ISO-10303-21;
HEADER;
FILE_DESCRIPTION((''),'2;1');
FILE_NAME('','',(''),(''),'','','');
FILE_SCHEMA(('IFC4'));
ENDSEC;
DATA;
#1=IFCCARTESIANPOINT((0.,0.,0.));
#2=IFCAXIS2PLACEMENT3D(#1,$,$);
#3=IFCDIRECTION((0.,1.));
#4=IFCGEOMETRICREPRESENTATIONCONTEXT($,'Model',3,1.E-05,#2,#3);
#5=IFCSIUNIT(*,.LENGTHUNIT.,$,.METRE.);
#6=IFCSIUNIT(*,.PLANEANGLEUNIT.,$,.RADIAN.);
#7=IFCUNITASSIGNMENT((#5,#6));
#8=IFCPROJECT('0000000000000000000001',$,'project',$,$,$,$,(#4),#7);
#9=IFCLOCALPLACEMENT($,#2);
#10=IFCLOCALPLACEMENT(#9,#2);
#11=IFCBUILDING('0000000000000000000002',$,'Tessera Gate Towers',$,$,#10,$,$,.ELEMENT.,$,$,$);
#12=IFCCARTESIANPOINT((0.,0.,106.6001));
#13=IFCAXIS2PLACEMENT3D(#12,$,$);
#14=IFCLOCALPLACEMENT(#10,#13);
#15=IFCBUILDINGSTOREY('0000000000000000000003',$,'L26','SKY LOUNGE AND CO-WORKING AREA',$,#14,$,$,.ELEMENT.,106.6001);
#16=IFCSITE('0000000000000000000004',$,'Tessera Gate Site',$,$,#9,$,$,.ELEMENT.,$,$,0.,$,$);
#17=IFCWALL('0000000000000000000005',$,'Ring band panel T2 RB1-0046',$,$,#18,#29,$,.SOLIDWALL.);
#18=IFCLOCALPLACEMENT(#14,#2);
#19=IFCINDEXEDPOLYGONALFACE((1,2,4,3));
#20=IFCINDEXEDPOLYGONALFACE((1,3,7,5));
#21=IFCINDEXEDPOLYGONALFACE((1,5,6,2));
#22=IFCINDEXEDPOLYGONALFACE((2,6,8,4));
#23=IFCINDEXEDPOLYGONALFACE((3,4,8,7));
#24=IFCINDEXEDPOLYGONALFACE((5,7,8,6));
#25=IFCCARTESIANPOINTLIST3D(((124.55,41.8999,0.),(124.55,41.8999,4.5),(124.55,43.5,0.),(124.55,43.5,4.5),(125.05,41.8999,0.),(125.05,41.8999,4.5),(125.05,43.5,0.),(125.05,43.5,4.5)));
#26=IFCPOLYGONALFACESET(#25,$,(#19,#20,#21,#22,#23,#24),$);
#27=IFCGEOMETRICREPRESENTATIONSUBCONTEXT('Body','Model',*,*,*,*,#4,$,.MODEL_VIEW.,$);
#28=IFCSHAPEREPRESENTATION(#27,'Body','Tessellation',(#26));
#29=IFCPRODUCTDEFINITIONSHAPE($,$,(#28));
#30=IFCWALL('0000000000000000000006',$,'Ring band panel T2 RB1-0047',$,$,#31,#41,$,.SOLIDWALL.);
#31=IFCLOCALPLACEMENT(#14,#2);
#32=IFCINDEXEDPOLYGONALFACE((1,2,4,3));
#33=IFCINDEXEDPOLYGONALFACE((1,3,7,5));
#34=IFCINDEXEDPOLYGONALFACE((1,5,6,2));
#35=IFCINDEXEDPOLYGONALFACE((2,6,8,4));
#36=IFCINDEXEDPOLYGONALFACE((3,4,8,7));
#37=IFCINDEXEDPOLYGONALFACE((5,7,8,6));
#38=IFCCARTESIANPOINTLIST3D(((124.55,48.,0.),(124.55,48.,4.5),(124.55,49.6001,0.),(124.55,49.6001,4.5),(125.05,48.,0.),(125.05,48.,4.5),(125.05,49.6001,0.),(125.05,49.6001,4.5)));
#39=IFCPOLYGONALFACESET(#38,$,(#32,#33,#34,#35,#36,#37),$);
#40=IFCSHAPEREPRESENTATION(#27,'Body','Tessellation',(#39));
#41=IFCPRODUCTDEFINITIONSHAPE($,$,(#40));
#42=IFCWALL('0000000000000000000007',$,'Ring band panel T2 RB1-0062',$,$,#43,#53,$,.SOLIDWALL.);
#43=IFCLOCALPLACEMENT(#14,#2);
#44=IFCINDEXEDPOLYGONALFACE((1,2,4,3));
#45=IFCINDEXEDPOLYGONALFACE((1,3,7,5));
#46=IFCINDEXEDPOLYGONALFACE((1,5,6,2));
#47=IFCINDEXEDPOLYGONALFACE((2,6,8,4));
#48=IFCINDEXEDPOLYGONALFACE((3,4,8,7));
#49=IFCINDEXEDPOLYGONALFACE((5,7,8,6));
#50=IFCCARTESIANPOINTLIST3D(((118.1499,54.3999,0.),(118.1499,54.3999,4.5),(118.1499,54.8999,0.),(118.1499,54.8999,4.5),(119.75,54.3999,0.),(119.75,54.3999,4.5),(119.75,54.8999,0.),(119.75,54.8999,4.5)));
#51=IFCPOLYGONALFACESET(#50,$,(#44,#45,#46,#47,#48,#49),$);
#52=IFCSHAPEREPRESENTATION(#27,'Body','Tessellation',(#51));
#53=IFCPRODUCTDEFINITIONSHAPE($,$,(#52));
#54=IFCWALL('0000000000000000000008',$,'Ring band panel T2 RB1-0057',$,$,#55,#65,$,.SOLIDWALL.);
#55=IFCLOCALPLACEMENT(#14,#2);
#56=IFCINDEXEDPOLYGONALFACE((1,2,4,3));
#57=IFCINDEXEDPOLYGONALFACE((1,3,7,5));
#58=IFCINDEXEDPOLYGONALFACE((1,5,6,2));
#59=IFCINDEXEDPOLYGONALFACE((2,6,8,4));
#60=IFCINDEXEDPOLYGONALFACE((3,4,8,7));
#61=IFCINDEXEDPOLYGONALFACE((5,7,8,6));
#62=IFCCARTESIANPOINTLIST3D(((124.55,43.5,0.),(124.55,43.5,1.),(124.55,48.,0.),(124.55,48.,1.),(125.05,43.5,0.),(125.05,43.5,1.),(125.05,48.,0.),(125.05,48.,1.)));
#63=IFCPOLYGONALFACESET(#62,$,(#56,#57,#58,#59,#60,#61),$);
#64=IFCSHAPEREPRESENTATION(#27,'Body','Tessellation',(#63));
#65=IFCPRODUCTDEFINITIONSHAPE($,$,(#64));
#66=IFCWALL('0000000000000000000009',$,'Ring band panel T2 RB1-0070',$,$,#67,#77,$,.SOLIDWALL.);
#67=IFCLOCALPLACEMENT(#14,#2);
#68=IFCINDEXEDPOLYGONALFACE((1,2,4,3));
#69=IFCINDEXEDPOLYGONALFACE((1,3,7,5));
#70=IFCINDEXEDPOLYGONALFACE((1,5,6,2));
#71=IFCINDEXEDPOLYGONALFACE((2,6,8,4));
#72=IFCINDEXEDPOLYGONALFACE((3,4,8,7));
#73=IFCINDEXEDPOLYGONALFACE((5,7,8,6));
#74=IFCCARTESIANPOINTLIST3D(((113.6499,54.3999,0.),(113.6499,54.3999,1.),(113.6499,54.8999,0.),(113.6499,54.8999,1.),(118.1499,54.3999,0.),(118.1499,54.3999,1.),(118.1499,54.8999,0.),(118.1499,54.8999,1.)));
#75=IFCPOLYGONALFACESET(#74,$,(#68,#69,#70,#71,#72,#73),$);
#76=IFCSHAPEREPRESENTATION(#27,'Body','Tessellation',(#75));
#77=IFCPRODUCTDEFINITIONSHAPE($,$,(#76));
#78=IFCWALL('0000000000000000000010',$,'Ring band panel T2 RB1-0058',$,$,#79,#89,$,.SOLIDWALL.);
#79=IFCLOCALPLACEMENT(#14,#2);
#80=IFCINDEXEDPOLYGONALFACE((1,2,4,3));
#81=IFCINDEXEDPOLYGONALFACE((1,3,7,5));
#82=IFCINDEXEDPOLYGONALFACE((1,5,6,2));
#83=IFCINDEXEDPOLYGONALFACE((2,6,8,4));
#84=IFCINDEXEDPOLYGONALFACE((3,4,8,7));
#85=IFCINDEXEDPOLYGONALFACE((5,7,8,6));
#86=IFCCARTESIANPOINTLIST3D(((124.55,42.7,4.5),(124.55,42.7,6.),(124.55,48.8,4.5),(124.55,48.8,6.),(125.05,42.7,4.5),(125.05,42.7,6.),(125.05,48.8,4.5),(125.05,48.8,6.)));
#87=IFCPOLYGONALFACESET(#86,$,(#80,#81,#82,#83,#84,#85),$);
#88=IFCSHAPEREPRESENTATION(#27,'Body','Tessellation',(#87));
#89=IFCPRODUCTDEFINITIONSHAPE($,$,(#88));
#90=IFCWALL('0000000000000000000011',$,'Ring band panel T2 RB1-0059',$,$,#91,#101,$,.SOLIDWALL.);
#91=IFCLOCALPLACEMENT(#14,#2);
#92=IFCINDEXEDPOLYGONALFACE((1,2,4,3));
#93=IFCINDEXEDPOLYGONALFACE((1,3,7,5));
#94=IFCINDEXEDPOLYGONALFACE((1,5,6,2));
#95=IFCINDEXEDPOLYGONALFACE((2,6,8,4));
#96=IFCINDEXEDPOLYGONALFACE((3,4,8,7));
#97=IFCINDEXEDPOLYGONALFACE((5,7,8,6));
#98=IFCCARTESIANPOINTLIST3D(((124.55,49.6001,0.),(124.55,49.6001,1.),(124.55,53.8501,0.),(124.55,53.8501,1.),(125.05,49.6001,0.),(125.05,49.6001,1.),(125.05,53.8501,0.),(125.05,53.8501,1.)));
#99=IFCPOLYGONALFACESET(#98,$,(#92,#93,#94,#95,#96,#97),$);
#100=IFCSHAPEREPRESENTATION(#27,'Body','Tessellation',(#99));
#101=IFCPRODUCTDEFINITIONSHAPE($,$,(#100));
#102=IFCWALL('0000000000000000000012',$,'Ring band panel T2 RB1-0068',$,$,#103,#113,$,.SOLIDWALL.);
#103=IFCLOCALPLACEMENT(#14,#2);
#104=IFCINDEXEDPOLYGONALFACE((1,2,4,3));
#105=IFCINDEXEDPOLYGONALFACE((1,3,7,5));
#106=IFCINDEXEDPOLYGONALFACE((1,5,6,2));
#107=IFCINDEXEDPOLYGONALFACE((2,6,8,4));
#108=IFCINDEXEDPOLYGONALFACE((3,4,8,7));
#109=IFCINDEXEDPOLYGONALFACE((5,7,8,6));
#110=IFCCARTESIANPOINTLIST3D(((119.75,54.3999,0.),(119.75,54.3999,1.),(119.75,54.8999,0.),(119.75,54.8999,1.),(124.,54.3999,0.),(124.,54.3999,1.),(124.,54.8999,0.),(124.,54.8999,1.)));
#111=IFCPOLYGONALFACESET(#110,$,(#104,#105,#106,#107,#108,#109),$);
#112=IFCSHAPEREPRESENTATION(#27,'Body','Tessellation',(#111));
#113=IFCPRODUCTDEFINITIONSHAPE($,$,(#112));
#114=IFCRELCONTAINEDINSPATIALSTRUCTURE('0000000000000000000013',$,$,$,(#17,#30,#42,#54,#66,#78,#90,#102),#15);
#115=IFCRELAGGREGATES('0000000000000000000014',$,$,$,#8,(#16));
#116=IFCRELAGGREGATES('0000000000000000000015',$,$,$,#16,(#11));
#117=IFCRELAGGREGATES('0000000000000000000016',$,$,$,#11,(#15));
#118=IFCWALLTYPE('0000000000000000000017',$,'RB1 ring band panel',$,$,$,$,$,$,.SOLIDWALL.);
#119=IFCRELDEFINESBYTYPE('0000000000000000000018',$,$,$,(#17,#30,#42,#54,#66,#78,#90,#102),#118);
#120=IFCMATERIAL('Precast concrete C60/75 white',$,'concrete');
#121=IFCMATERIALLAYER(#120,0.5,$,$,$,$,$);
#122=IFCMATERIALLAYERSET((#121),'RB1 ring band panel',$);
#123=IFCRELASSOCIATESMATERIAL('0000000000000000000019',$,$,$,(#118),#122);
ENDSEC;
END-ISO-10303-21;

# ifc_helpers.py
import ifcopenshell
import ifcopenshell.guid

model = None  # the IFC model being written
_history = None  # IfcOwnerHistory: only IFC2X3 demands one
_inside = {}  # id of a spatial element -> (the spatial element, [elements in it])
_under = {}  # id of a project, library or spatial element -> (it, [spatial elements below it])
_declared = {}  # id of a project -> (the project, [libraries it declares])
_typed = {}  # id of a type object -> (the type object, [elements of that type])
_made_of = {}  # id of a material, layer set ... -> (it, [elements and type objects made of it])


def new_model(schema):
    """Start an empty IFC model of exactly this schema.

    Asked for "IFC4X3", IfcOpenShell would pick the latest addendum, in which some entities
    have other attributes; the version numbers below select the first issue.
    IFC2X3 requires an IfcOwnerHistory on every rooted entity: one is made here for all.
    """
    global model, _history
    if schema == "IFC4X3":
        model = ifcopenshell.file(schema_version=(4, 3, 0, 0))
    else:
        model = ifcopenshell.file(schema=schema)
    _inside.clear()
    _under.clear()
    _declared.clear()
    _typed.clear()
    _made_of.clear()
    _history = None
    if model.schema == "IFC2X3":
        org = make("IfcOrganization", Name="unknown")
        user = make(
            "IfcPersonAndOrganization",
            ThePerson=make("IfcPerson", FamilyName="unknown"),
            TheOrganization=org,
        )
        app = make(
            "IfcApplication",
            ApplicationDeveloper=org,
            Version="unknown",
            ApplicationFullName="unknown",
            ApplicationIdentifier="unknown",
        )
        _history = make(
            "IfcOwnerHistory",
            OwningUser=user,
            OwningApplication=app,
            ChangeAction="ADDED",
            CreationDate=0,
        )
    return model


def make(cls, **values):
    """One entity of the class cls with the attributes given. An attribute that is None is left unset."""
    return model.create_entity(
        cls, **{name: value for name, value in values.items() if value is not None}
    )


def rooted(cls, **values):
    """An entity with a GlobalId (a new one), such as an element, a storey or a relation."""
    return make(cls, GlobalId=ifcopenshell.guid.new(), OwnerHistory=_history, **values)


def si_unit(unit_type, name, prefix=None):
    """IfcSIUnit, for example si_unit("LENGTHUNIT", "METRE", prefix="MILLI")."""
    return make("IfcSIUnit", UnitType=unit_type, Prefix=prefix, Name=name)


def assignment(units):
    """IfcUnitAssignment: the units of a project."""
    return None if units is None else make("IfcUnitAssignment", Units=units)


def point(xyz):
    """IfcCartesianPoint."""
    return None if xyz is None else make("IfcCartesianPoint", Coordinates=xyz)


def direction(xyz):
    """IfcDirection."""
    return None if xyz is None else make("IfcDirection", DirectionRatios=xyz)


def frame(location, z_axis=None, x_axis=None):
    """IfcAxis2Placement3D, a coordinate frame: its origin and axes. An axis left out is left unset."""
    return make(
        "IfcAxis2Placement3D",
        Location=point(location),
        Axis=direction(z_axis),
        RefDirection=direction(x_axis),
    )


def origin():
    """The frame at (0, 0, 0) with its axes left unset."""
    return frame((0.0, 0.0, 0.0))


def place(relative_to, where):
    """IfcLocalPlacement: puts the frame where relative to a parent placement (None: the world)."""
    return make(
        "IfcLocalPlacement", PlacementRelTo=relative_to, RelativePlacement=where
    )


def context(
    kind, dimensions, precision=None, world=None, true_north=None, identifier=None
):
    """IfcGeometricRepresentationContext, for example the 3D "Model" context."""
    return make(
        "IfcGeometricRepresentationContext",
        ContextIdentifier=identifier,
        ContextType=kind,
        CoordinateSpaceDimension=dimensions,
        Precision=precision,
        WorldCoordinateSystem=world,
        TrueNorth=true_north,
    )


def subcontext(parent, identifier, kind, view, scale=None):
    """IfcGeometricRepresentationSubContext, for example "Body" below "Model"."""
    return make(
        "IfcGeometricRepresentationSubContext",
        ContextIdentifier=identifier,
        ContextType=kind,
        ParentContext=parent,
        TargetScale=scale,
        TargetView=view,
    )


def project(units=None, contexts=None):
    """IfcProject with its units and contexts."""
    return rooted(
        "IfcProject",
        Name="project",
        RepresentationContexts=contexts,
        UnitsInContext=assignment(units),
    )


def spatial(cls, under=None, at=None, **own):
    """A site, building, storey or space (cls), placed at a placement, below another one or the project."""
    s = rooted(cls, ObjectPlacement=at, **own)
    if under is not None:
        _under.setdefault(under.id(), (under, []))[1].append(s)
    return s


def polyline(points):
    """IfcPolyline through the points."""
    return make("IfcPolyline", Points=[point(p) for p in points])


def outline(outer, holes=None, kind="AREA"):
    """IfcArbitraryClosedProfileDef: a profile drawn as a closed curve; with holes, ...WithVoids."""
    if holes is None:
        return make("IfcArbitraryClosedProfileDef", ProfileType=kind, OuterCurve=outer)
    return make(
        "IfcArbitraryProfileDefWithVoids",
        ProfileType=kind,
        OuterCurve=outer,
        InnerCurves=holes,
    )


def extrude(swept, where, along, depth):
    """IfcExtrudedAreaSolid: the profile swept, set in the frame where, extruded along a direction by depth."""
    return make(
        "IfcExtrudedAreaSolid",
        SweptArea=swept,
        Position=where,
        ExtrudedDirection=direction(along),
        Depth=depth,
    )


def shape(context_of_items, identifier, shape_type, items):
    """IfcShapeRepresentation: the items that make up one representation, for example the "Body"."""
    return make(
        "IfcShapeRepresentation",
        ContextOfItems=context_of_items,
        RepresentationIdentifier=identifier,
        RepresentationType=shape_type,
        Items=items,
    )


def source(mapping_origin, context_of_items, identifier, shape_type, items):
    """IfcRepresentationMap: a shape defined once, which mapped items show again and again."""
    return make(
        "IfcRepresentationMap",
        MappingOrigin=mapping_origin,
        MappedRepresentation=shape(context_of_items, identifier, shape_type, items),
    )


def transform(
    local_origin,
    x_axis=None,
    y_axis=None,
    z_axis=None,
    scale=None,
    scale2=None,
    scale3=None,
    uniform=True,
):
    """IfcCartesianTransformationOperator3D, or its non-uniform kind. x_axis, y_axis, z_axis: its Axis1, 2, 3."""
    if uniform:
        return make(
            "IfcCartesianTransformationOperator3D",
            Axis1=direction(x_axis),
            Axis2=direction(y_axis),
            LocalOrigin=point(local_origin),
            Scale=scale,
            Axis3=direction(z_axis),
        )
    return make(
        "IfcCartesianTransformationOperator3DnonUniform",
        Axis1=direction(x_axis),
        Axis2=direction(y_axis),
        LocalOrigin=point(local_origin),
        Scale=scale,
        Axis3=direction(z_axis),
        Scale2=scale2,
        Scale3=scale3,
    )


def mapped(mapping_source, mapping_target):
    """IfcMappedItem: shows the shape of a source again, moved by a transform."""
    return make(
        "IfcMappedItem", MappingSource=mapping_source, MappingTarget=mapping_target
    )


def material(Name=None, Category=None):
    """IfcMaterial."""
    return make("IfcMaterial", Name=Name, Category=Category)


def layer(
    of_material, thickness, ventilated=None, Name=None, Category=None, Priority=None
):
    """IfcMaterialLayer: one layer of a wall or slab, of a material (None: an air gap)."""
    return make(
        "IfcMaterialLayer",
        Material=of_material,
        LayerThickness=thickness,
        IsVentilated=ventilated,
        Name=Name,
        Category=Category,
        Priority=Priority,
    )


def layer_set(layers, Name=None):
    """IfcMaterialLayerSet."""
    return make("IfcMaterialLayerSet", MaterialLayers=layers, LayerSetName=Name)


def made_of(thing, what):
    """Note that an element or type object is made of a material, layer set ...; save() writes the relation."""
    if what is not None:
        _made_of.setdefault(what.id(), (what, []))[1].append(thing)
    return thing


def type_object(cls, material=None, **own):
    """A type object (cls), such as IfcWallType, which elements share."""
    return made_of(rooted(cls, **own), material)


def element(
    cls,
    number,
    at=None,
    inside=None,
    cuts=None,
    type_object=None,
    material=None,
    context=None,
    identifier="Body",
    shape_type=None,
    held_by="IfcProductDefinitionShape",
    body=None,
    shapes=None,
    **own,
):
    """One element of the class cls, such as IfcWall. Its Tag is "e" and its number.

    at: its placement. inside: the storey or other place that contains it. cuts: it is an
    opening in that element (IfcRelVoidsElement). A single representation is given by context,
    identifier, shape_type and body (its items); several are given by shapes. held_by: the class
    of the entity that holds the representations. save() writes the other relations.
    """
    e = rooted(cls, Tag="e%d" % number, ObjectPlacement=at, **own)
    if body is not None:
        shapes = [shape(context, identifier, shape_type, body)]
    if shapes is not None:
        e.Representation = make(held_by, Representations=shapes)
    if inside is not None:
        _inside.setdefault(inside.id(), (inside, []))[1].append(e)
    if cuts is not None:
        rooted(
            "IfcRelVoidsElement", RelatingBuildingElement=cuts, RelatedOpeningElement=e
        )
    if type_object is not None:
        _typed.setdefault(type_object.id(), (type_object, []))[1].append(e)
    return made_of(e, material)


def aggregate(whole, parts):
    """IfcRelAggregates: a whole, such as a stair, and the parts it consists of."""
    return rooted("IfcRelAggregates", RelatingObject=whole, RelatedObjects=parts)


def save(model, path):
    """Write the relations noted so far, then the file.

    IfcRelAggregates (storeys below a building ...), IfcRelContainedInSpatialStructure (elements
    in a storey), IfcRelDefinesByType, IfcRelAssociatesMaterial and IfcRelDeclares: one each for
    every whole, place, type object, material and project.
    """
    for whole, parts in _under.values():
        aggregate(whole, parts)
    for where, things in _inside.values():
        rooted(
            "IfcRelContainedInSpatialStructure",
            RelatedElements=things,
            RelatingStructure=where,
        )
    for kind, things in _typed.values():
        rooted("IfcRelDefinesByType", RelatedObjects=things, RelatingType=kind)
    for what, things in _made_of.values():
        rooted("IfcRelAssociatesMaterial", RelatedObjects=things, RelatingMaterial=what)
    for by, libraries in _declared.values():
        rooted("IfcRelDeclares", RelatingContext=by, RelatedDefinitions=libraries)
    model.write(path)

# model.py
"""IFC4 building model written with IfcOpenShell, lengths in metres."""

from ifc_helpers import new_model, si_unit, direction, frame, origin, place, context, subcontext, project, spatial, polyline, outline, extrude, source, transform, mapped, material, layer, layer_set, type_object, element, save


model = new_model("IFC4")

# Units and contexts
model_context = context("Model", 3, precision=1e-05, world=origin(), true_north=direction((0.0, 1.0)))
body_context = subcontext(model_context, "Body", "Model", "MODEL_VIEW")
ifc_project = project(units=[si_unit("LENGTHUNIT", "METRE"), si_unit("PLANEANGLEUNIT", "RADIAN")], contexts=[model_context])

# Site, building, storey
site_placement = place(None, origin())
site = spatial("IfcSite", under=ifc_project, at=site_placement, Name="Tessera Gate Site", CompositionType="ELEMENT", RefElevation=0.0)
building_placement = place(site_placement, origin())
building = spatial("IfcBuilding", under=site, at=building_placement, Name="Tessera Gate Towers", CompositionType="ELEMENT")
storey_placement = place(building_placement, frame((0.0, 0.0, 106.6001)))
storey = spatial("IfcBuildingStorey", under=building, at=storey_placement, Name="L26", Description="SKY LOUNGE AND CO-WORKING AREA", CompositionType="ELEMENT", Elevation=106.6001)

# Walls
ifc_material_1 = material(Name="Precast concrete C60/75 white", Category="concrete")
ifc_layer_1 = layer(ifc_material_1, 0.5)
ifc_layer_set_1 = layer_set([ifc_layer_1], Name="RB1 ring band panel")
wall_type_1 = type_object("IfcWallType", Name="RB1 ring band panel", PredefinedType="SOLIDWALL", material=ifc_layer_set_1)
shared_shape_1 = source(origin(), body_context, "Body", "SweptSolid", [
    extrude(outline(polyline([(0.0, 0.0), (1.6001, 0.0), (1.6001, 4.5), (0.0, 4.5), (0.0, 0.0)])), frame((0.0, 0.25, 0.0), z_axis=(0.0, -1.0, 0.0), x_axis=(1.0, 0.0, 0.0)), (0.0, 0.0, 1.0), 0.5),
])
for number, where, z_axis, x_axis, name in (
    (1, (124.8, 41.8999, 0.0), (0.0, 0.0, 1.0), (0.0, 1.0, 0.0), "Ring band panel T2 RB1-0046"),
    (2, (124.8, 48.0, 0.0), (0.0, 0.0, 1.0), (0.0, 1.0, 0.0), "Ring band panel T2 RB1-0047"),
    (3, (119.75, 54.6499, 0.0), (0.0, 0.0, 1.0), (-1.0, 0.0, 0.0), "Ring band panel T2 RB1-0062"),
):
    element("IfcWall", number, at=place(storey_placement, frame(where, z_axis=z_axis, x_axis=x_axis)), inside=storey, type_object=wall_type_1, Name=name, PredefinedType="SOLIDWALL", context=body_context, shape_type="MappedRepresentation", body=[
        mapped(shared_shape_1, transform((0.0, 0.0, 0.0), scale=1.0)),
    ])
shared_shape_2 = source(origin(), body_context, "Body", "SweptSolid", [
    extrude(outline(polyline([(0.0, 0.0), (4.5, 0.0), (4.5, 1.0), (0.0, 1.0), (0.0, 0.0)])), frame((0.0, 0.25, 0.0), z_axis=(0.0, -1.0, 0.0), x_axis=(1.0, 0.0, 0.0)), (0.0, 0.0, 1.0), 0.5),
])
for number, where, z_axis, x_axis, name in (
    (4, (124.8, 43.5, 0.0), (0.0, 0.0, 1.0), (0.0, 1.0, 0.0), "Ring band panel T2 RB1-0057"),
    (5, (118.1499, 54.6499, 0.0), (0.0, 0.0, 1.0), (-1.0, 0.0, 0.0), "Ring band panel T2 RB1-0070"),
):
    element("IfcWall", number, at=place(storey_placement, frame(where, z_axis=z_axis, x_axis=x_axis)), inside=storey, type_object=wall_type_1, Name=name, PredefinedType="SOLIDWALL", context=body_context, shape_type="MappedRepresentation", body=[
        mapped(shared_shape_2, transform((0.0, 0.0, 0.0), scale=1.0)),
    ])
shared_shape_3 = source(origin(), body_context, "Body", "SweptSolid", [
    extrude(outline(polyline([(0.0, 0.0), (6.1001, 0.0), (6.1001, 1.5), (0.0, 1.5), (0.0, 0.0)])), frame((0.0, 0.25, 0.0), z_axis=(0.0, -1.0, 0.0), x_axis=(1.0, 0.0, 0.0)), (0.0, 0.0, 1.0), 0.5),
])
wall_1_placement = place(storey_placement, frame((124.8, 42.7, 4.5), z_axis=(0.0, 0.0, 1.0), x_axis=(0.0, 1.0, 0.0)))
element("IfcWall", 6, at=wall_1_placement, inside=storey, type_object=wall_type_1, Name="Ring band panel T2 RB1-0058", PredefinedType="SOLIDWALL", context=body_context, shape_type="MappedRepresentation", body=[
    mapped(shared_shape_3, transform((0.0, 0.0, 0.0), scale=1.0)),
])
shared_shape_4 = source(origin(), body_context, "Body", "SweptSolid", [
    extrude(outline(polyline([(0.0, 0.0), (4.25, 0.0), (4.25, 1.0), (0.0, 1.0), (0.0, 0.0)])), frame((0.0, 0.25, 0.0), z_axis=(0.0, -1.0, 0.0), x_axis=(1.0, 0.0, 0.0)), (0.0, 0.0, 1.0), 0.5),
])
for number, where, z_axis, x_axis, name in (
    (7, (124.8, 49.6001, 0.0), (0.0, 0.0, 1.0), (0.0, 1.0, 0.0), "Ring band panel T2 RB1-0059"),
    (8, (124.0, 54.6499, 0.0), (0.0, 0.0, 1.0), (-1.0, 0.0, 0.0), "Ring band panel T2 RB1-0068"),
):
    element("IfcWall", number, at=place(storey_placement, frame(where, z_axis=z_axis, x_axis=x_axis)), inside=storey, type_object=wall_type_1, Name=name, PredefinedType="SOLIDWALL", context=body_context, shape_type="MappedRepresentation", body=[
        mapped(shared_shape_4, transform((0.0, 0.0, 0.0), scale=1.0)),
    ])

save(model, "model.ifc")
